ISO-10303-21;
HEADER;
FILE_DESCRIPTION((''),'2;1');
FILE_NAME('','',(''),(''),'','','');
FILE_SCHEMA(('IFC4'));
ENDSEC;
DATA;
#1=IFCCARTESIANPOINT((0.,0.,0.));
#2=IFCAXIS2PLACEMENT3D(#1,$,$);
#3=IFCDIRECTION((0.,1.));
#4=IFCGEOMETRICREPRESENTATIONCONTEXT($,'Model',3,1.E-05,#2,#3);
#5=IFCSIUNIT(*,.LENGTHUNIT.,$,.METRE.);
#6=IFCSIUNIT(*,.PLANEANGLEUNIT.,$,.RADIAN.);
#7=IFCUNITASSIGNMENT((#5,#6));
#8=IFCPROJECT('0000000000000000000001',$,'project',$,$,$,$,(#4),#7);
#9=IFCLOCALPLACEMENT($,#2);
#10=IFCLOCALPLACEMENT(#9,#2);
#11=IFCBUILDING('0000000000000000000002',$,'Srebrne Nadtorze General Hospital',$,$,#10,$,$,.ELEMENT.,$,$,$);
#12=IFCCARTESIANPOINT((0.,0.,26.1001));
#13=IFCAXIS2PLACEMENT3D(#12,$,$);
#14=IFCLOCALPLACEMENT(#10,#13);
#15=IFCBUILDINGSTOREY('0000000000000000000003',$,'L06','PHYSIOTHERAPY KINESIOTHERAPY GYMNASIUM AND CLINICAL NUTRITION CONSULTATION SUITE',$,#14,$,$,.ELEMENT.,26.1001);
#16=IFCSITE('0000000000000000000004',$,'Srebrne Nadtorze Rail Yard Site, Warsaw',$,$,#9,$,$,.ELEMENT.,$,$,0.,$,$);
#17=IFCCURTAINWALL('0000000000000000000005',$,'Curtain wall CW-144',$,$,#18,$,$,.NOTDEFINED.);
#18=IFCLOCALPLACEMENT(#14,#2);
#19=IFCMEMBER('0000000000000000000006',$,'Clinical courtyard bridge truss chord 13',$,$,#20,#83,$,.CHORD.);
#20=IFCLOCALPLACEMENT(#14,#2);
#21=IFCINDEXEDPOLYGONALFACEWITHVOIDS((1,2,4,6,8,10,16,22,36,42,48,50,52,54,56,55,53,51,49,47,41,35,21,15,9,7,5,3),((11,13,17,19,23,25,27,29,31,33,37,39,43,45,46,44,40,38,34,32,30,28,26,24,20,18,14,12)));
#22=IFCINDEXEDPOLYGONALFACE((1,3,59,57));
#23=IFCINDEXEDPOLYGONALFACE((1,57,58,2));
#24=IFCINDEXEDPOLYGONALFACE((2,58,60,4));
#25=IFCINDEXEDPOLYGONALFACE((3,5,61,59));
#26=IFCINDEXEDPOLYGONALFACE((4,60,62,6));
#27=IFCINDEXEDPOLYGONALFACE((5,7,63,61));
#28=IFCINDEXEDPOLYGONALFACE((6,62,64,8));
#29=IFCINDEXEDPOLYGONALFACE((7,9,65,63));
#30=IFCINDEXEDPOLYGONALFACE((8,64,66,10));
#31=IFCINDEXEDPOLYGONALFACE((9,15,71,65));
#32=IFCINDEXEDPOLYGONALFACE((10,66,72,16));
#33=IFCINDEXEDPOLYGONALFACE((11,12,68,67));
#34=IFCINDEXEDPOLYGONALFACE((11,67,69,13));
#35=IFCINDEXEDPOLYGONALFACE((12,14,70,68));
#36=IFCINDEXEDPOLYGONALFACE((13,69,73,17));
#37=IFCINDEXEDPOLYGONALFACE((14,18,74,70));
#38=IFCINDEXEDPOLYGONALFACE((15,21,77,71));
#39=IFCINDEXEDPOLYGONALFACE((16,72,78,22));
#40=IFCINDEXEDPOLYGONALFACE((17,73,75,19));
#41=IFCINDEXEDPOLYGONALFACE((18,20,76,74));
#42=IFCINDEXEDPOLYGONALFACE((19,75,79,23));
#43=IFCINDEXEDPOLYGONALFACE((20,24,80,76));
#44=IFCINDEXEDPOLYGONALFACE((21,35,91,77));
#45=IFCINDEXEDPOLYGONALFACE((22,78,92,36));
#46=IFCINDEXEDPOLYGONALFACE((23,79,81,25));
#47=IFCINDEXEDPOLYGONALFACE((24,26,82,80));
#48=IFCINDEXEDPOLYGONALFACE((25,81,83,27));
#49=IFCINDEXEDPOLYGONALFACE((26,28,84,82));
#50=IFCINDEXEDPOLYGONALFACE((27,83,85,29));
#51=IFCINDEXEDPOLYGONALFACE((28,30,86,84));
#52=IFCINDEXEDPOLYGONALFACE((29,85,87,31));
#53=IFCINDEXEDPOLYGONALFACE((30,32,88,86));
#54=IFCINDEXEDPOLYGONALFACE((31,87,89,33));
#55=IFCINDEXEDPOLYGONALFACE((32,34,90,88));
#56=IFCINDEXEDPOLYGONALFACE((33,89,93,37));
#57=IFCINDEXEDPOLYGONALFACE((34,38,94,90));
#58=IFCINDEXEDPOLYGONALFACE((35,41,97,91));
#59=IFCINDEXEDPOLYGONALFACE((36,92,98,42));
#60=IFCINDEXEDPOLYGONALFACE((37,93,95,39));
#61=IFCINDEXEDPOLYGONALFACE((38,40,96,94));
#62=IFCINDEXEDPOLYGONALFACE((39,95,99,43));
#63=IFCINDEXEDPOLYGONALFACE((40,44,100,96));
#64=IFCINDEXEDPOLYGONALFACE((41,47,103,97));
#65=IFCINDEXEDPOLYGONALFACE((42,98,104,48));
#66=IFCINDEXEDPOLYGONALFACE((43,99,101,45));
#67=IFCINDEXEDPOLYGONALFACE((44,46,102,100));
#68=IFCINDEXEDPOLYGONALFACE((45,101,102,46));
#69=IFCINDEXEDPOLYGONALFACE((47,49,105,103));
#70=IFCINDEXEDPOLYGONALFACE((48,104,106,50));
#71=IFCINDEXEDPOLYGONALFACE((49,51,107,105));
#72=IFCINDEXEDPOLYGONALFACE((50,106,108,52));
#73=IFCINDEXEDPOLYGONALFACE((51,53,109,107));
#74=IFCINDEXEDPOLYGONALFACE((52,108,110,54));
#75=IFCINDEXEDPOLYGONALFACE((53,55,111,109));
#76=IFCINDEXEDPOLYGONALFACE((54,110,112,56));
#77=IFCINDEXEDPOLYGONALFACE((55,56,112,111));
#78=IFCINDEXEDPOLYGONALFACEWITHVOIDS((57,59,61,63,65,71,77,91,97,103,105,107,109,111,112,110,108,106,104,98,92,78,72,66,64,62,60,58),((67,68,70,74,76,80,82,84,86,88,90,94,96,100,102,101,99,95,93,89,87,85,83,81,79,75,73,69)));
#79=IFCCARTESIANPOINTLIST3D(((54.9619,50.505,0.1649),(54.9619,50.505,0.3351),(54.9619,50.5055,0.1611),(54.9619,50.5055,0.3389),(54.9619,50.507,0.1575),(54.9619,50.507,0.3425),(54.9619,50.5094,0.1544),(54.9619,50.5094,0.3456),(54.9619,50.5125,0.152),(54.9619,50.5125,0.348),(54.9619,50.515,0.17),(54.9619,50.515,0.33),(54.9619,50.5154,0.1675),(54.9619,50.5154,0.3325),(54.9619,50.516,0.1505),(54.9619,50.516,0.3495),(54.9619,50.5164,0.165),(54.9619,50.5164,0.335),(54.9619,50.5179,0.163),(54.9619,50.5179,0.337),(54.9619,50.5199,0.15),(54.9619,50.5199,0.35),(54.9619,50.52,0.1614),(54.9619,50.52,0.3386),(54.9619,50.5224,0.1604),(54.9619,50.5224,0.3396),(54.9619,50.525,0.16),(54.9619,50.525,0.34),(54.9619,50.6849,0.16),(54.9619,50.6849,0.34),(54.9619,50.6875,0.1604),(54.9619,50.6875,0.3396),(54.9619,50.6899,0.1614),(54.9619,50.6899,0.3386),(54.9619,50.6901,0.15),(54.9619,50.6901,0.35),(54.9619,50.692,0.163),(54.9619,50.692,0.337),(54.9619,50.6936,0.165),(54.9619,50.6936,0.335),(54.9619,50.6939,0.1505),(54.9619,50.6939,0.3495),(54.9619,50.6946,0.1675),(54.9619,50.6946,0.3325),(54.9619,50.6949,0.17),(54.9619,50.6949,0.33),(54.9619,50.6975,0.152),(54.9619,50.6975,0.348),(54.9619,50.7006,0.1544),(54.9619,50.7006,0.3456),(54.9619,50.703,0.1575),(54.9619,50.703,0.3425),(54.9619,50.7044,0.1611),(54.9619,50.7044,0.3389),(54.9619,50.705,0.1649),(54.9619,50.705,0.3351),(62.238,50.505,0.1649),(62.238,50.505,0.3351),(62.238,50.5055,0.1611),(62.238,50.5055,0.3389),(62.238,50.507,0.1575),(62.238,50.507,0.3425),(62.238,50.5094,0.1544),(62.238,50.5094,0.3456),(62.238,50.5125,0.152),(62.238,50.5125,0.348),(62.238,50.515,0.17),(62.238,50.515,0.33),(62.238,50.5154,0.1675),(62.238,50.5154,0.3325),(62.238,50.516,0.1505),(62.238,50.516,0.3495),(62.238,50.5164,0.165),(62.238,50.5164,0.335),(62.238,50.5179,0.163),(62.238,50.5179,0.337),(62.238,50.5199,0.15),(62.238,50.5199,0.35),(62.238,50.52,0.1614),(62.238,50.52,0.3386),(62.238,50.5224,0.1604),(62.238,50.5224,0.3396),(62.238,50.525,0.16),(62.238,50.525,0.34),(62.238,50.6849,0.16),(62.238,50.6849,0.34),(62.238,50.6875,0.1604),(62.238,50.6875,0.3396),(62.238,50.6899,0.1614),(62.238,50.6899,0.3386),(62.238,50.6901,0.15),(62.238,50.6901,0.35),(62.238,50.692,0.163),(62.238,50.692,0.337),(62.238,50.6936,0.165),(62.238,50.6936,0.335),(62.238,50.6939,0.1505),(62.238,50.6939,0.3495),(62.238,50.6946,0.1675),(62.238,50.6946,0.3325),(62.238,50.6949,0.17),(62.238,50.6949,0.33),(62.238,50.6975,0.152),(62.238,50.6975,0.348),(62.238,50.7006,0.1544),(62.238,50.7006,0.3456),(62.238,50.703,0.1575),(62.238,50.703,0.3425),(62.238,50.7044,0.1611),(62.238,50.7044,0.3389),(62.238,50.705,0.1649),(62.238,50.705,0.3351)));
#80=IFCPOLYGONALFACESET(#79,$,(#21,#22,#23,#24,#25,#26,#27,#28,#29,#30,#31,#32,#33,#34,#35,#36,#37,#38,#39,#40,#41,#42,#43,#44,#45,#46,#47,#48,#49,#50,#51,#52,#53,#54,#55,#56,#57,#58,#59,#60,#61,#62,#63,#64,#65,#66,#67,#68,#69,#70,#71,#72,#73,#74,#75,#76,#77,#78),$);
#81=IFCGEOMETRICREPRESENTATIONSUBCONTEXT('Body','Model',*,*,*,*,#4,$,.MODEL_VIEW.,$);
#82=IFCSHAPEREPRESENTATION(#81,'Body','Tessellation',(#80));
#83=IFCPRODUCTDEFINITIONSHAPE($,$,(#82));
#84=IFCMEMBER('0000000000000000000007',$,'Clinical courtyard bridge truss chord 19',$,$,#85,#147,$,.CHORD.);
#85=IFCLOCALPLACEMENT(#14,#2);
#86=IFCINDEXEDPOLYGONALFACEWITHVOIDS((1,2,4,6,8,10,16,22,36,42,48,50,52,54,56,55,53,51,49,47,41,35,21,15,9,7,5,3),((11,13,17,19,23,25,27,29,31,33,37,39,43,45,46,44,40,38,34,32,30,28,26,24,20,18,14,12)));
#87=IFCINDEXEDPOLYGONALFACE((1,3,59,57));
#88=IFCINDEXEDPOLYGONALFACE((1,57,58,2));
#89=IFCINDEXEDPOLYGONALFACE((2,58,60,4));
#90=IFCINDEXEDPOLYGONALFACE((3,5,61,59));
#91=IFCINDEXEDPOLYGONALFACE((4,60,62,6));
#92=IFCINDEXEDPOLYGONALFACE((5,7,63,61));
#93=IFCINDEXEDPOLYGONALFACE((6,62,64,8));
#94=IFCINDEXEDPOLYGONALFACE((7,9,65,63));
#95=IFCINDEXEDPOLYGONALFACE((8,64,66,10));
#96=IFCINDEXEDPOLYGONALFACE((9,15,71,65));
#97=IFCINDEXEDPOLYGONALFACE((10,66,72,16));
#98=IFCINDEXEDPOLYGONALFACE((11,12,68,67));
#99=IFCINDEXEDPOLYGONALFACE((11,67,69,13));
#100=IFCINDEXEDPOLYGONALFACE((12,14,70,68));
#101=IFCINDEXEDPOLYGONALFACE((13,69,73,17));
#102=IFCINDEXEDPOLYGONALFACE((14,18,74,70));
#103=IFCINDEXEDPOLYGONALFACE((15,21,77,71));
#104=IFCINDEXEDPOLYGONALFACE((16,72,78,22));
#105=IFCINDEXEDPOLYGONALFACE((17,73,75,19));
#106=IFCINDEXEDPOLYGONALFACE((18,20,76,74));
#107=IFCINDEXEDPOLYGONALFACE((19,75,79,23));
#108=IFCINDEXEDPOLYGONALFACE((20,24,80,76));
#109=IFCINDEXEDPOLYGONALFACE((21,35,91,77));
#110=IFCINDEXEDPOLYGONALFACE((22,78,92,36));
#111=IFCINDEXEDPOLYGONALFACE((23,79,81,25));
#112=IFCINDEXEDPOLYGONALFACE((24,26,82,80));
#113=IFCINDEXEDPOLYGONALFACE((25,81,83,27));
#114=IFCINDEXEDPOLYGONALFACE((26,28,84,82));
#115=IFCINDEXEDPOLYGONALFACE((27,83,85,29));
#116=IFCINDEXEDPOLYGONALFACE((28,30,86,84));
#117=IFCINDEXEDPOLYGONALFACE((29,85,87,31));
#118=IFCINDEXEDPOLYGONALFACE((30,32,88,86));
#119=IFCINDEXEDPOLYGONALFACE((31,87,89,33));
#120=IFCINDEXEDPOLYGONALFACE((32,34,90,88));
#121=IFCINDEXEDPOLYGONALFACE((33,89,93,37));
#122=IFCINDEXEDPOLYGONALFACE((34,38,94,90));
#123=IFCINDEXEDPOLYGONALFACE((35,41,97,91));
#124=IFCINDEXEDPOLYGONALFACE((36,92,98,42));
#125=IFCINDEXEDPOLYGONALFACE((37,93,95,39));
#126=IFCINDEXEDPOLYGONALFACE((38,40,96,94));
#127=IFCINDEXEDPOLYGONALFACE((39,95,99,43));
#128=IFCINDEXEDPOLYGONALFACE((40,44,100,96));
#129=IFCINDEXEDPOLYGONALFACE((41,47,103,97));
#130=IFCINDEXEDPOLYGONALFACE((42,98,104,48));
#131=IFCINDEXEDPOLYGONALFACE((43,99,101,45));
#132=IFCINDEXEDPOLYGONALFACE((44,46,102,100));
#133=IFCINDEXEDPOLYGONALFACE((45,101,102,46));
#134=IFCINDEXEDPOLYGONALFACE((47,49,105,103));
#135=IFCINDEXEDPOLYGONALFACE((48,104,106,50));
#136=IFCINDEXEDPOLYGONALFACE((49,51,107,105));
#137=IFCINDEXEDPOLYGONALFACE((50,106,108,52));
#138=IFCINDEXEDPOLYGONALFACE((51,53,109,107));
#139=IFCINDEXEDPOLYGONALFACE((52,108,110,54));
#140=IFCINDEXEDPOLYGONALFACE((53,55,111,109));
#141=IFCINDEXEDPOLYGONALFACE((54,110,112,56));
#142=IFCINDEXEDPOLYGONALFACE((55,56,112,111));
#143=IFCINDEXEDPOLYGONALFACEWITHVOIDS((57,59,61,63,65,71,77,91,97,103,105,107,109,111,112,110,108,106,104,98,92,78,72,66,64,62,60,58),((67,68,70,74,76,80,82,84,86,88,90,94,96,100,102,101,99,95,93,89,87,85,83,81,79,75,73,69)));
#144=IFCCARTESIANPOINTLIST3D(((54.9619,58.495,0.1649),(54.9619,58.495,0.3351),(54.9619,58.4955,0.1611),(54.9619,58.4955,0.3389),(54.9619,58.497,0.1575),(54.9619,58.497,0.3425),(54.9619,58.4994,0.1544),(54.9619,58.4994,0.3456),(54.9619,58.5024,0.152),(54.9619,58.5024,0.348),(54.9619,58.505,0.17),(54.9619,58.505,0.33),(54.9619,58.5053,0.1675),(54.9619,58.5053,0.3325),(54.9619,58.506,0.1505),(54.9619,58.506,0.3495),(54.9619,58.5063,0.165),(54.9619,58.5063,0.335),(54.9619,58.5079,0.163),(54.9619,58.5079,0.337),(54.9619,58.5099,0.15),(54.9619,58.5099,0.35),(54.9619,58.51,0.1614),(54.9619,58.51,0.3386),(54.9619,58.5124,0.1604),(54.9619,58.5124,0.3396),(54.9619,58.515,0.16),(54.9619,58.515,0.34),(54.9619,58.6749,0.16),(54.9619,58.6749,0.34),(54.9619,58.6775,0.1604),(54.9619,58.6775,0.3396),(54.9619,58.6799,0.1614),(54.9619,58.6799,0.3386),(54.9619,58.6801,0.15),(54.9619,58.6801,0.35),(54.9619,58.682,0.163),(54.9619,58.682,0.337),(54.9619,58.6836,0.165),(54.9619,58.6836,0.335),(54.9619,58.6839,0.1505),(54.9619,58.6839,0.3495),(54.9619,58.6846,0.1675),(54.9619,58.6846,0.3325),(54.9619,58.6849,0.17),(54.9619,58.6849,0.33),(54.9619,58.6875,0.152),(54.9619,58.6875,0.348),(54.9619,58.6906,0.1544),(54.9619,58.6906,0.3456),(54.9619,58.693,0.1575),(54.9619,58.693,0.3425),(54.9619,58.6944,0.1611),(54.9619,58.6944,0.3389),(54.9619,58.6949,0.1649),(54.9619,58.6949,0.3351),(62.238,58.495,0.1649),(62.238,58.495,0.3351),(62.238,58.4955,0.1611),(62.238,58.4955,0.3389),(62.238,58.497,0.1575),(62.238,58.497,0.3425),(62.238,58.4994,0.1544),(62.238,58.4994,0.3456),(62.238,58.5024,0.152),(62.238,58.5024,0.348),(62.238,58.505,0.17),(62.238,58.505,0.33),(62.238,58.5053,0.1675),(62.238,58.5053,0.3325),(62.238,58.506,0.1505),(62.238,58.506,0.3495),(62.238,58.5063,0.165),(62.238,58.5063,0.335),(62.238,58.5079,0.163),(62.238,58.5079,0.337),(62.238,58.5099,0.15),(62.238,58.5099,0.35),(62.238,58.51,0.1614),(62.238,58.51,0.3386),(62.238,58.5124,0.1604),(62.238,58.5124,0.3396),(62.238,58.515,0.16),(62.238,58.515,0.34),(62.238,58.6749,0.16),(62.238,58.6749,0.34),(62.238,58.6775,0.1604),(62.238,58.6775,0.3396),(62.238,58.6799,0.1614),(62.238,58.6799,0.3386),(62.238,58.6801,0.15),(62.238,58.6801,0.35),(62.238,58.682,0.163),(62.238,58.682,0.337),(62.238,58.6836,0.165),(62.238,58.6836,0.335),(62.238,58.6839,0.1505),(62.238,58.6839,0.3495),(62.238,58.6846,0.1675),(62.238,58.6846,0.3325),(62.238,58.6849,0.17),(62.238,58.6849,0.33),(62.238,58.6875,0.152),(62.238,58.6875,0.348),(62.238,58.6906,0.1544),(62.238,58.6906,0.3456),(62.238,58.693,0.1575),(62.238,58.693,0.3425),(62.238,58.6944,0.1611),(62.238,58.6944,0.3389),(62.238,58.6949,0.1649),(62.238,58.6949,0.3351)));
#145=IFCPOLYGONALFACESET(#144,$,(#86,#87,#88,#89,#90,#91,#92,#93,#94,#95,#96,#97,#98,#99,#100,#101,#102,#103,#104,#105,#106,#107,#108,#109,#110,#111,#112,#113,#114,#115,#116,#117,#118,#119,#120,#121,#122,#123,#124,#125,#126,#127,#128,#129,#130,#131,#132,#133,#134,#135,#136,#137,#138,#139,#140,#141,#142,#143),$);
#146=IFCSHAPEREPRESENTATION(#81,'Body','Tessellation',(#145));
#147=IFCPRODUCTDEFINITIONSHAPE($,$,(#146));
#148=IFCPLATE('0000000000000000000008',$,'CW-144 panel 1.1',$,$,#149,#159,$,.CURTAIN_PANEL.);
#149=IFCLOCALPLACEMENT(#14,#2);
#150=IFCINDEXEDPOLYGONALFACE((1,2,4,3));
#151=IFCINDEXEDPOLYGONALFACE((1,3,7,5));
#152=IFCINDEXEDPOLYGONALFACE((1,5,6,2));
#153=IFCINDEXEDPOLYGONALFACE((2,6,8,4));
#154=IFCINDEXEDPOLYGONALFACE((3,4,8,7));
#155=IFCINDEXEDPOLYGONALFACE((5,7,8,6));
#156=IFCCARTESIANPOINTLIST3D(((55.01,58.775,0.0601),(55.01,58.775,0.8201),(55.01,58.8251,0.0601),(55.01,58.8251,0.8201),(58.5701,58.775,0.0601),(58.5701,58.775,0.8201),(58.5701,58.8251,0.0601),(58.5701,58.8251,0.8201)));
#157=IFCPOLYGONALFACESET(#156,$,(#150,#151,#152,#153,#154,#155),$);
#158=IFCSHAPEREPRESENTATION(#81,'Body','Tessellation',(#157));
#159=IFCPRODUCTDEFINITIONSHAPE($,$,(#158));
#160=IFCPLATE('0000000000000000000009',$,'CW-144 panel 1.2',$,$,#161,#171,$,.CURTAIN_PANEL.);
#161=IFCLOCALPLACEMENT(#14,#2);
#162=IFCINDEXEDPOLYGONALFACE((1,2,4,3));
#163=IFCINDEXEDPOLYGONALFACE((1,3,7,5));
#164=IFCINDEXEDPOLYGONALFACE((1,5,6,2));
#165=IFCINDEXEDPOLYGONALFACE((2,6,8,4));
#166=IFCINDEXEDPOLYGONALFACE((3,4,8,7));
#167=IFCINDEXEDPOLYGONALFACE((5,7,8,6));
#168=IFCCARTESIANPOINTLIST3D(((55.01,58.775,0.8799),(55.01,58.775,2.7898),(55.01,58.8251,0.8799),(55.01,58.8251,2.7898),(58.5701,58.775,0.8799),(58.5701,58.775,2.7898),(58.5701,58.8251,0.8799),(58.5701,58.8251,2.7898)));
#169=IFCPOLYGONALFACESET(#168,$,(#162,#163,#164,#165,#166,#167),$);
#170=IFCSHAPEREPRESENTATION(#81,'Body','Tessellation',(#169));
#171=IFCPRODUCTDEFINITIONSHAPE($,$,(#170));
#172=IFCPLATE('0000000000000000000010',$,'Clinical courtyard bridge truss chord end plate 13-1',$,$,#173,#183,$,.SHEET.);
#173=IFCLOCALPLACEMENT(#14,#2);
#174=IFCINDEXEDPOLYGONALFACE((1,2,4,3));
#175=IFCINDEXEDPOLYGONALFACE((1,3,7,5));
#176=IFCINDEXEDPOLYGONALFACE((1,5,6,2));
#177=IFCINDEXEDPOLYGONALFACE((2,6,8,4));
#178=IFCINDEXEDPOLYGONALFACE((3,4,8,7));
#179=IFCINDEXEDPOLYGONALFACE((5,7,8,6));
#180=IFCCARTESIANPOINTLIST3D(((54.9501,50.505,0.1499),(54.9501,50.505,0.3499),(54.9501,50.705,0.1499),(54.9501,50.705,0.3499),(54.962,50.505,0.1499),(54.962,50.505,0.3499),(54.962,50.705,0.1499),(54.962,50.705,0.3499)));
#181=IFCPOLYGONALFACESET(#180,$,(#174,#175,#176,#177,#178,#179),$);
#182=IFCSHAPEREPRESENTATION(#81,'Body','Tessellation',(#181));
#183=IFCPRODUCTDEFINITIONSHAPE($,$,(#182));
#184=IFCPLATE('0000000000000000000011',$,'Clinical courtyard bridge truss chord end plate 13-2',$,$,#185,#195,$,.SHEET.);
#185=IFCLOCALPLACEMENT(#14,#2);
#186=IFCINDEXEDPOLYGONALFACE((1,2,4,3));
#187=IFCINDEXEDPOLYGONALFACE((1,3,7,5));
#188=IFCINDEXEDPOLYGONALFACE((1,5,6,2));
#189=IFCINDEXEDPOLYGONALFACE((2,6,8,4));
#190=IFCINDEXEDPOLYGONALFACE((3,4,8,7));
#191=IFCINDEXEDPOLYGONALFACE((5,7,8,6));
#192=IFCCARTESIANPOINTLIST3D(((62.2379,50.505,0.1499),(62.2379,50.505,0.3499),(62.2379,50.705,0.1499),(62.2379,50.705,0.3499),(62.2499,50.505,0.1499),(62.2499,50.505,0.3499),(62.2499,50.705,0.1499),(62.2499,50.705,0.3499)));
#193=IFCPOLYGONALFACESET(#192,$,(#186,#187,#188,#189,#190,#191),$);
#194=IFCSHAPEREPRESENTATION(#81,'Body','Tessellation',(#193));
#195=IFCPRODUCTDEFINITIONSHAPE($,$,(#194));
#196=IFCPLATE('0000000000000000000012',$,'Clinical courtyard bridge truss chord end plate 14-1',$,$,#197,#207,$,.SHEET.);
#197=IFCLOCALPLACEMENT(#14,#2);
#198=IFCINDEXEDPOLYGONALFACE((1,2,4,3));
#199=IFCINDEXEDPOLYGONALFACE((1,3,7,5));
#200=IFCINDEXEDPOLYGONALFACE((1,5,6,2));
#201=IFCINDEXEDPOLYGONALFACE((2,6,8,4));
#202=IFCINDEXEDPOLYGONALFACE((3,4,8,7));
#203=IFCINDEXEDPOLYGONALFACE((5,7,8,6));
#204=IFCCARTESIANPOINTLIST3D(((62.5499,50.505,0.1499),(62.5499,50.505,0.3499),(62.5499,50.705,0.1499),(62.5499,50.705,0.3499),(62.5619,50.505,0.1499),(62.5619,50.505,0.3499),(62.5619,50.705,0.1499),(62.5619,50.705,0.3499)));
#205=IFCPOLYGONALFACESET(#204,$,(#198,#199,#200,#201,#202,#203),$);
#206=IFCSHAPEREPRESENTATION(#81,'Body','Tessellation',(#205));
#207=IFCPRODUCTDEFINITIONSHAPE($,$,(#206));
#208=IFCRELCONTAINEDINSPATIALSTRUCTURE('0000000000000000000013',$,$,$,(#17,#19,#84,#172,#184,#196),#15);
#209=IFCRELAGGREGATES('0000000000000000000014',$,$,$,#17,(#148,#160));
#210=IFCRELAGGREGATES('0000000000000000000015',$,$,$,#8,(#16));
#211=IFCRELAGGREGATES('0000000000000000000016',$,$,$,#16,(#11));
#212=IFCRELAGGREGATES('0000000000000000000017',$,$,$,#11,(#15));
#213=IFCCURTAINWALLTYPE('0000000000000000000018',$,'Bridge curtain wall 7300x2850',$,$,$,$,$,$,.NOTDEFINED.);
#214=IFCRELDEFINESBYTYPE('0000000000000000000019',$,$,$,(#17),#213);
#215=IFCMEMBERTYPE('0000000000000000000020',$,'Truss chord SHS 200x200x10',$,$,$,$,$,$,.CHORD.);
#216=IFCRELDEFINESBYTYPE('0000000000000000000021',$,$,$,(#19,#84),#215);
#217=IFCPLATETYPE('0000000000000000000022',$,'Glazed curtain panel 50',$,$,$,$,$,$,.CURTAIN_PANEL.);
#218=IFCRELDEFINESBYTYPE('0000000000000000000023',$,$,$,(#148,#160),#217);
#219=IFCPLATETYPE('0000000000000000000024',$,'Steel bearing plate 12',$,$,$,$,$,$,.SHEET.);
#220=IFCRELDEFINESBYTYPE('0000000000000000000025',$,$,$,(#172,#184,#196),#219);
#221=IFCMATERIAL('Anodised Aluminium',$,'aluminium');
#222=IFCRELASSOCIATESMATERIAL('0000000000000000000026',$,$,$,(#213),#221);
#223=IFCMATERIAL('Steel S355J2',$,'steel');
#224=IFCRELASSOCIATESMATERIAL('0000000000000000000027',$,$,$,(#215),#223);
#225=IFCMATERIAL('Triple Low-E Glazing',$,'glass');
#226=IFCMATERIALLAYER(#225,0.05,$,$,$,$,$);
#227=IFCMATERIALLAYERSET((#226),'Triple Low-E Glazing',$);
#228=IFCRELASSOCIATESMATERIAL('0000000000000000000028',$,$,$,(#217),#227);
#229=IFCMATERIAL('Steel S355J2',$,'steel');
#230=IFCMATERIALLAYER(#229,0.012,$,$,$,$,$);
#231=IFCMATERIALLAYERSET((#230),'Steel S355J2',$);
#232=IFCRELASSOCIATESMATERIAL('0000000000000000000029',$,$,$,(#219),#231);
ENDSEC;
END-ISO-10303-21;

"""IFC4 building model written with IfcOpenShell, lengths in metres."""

from ifc_helpers import new_model, si_unit, direction, frame, origin, origin_2d, place, context, subcontext, project, spatial, rectangle, hollow_rectangle, extrude, material, layer, layer_set, material_profile, profile_set, type_object, element, aggregate, save


model = new_model("IFC4")

# Units and contexts
model_context = context("Model", 3, precision=1e-05, world=origin(), true_north=direction((0.0, 1.0)))
body_context = subcontext(model_context, "Body", "Model", "MODEL_VIEW")
ifc_project = project(units=[si_unit("LENGTHUNIT", "METRE"), si_unit("PLANEANGLEUNIT", "RADIAN")], contexts=[model_context])

# Site, building, storey
site_placement = place(None, origin())
site = spatial("IfcSite", under=ifc_project, at=site_placement, Name="Srebrne Nadtorze Rail Yard Site, Warsaw", CompositionType="ELEMENT", RefElevation=0.0)
building_placement = place(site_placement, origin())
building = spatial("IfcBuilding", under=site, at=building_placement, Name="Srebrne Nadtorze General Hospital", CompositionType="ELEMENT")
storey_placement = place(building_placement, frame((0.0, 0.0, 26.1001)))
storey = spatial("IfcBuildingStorey", under=building, at=storey_placement, Name="L06", Description="PHYSIOTHERAPY KINESIOTHERAPY GYMNASIUM AND CLINICAL NUTRITION CONSULTATION SUITE", CompositionType="ELEMENT", Elevation=26.1001)

# Curtain wall
ifc_material_1 = material(Name="Anodised Aluminium", Category="aluminium")
curtain_wall_type = type_object("IfcCurtainWallType", Name="Bridge curtain wall 7300x2850", PredefinedType="NOTDEFINED", material=ifc_material_1)
curtain_wall_placement = place(storey_placement, origin())
curtain_wall = element("IfcCurtainWall", 1, at=curtain_wall_placement, inside=storey, type_object=curtain_wall_type, Name="Curtain wall CW-144", PredefinedType="NOTDEFINED")

# Members
ifc_material_2 = material(Name="Steel S355J2", Category="steel")
ifc_material_profile_1 = material_profile(ifc_material_2, hollow_rectangle(XDim=0.2, YDim=0.2, WallThickness=0.01, InnerFilletRadius=0.01, OuterFilletRadius=0.0149, at=origin_2d()), Name="SHS-200x200x10")
ifc_profile_set_1 = profile_set([ifc_material_profile_1], Name="Steel S355J2")
member_type_1 = type_object("IfcMemberType", Name="Truss chord SHS 200x200x10", PredefinedType="CHORD", material=ifc_profile_set_1)
for number, where, z_axis, x_axis, name in (
    (2, (54.9619, 50.605, 0.25), (1.0, 0.0, 0.0), (0.0, 1.0, 0.0), "Clinical courtyard bridge truss chord 13"),
    (3, (54.9619, 58.595, 0.25), (1.0, 0.0, 0.0), (0.0, 1.0, 0.0), "Clinical courtyard bridge truss chord 19"),
):
    element("IfcMember", number, at=place(storey_placement, frame(where, z_axis=z_axis, x_axis=x_axis)), inside=storey, type_object=member_type_1, Name=name, PredefinedType="CHORD", context=body_context, shape_type="SweptSolid", body=[
        extrude(hollow_rectangle(XDim=0.2, YDim=0.2, WallThickness=0.01, InnerFilletRadius=0.01, OuterFilletRadius=0.0149, at=origin_2d()), origin(), (0.0, 0.0, 1.0), 7.2761),
    ])

# Plates
ifc_material_3 = material(Name="Triple Low-E Glazing", Category="glass")
ifc_layer_1 = layer(ifc_material_3, 0.05)
ifc_layer_set_1 = layer_set([ifc_layer_1], Name="Triple Low-E Glazing")
plate_type_1 = type_object("IfcPlateType", Name="Glazed curtain panel 50", PredefinedType="CURTAIN_PANEL", material=ifc_layer_set_1)
plate_1_placement = place(storey_placement, frame((56.79, 58.8, 0.0601), z_axis=(0.0, 0.0, 1.0), x_axis=(1.0, 0.0, 0.0)))
plate_1 = element("IfcPlate", 4, at=plate_1_placement, type_object=plate_type_1, Name="CW-144 panel 1.1", PredefinedType="CURTAIN_PANEL", context=body_context, shape_type="SweptSolid", body=[
    extrude(rectangle(XDim=3.5601, YDim=0.05, at=origin_2d()), origin(), (0.0, 0.0, 1.0), 0.76),
])
plate_2_placement = place(storey_placement, frame((56.79, 58.8, 0.8799), z_axis=(0.0, 0.0, 1.0), x_axis=(1.0, 0.0, 0.0)))
plate_2 = element("IfcPlate", 5, at=plate_2_placement, type_object=plate_type_1, Name="CW-144 panel 1.2", PredefinedType="CURTAIN_PANEL", context=body_context, shape_type="SweptSolid", body=[
    extrude(rectangle(XDim=3.5601, YDim=0.05, at=origin_2d()), origin(), (0.0, 0.0, 1.0), 1.9099),
])
aggregate(curtain_wall, [plate_1, plate_2])

# Plates
ifc_material_4 = material(Name="Steel S355J2", Category="steel")
ifc_layer_2 = layer(ifc_material_4, 0.012)
ifc_layer_set_2 = layer_set([ifc_layer_2], Name="Steel S355J2")
plate_type_2 = type_object("IfcPlateType", Name="Steel bearing plate 12", PredefinedType="SHEET", material=ifc_layer_set_2)
for number, where, z_axis, x_axis, name in (
    (6, (54.9561, 50.605, 0.1499), (0.0, 0.0, 1.0), (1.0, 0.0, 0.0), "Clinical courtyard bridge truss chord end plate 13-1"),
    (7, (62.2439, 50.605, 0.1499), (0.0, 0.0, 1.0), (1.0, 0.0, 0.0), "Clinical courtyard bridge truss chord end plate 13-2"),
    (8, (62.5559, 50.605, 0.1499), (0.0, 0.0, 1.0), (1.0, 0.0, 0.0), "Clinical courtyard bridge truss chord end plate 14-1"),
):
    element("IfcPlate", number, at=place(storey_placement, frame(where, z_axis=z_axis, x_axis=x_axis)), inside=storey, type_object=plate_type_2, Name=name, PredefinedType="SHEET", context=body_context, shape_type="SweptSolid", body=[
        extrude(rectangle(XDim=0.012, YDim=0.2, at=origin_2d()), origin(), (0.0, 0.0, 1.0), 0.2),
    ])

save(model, "model.ifc")
